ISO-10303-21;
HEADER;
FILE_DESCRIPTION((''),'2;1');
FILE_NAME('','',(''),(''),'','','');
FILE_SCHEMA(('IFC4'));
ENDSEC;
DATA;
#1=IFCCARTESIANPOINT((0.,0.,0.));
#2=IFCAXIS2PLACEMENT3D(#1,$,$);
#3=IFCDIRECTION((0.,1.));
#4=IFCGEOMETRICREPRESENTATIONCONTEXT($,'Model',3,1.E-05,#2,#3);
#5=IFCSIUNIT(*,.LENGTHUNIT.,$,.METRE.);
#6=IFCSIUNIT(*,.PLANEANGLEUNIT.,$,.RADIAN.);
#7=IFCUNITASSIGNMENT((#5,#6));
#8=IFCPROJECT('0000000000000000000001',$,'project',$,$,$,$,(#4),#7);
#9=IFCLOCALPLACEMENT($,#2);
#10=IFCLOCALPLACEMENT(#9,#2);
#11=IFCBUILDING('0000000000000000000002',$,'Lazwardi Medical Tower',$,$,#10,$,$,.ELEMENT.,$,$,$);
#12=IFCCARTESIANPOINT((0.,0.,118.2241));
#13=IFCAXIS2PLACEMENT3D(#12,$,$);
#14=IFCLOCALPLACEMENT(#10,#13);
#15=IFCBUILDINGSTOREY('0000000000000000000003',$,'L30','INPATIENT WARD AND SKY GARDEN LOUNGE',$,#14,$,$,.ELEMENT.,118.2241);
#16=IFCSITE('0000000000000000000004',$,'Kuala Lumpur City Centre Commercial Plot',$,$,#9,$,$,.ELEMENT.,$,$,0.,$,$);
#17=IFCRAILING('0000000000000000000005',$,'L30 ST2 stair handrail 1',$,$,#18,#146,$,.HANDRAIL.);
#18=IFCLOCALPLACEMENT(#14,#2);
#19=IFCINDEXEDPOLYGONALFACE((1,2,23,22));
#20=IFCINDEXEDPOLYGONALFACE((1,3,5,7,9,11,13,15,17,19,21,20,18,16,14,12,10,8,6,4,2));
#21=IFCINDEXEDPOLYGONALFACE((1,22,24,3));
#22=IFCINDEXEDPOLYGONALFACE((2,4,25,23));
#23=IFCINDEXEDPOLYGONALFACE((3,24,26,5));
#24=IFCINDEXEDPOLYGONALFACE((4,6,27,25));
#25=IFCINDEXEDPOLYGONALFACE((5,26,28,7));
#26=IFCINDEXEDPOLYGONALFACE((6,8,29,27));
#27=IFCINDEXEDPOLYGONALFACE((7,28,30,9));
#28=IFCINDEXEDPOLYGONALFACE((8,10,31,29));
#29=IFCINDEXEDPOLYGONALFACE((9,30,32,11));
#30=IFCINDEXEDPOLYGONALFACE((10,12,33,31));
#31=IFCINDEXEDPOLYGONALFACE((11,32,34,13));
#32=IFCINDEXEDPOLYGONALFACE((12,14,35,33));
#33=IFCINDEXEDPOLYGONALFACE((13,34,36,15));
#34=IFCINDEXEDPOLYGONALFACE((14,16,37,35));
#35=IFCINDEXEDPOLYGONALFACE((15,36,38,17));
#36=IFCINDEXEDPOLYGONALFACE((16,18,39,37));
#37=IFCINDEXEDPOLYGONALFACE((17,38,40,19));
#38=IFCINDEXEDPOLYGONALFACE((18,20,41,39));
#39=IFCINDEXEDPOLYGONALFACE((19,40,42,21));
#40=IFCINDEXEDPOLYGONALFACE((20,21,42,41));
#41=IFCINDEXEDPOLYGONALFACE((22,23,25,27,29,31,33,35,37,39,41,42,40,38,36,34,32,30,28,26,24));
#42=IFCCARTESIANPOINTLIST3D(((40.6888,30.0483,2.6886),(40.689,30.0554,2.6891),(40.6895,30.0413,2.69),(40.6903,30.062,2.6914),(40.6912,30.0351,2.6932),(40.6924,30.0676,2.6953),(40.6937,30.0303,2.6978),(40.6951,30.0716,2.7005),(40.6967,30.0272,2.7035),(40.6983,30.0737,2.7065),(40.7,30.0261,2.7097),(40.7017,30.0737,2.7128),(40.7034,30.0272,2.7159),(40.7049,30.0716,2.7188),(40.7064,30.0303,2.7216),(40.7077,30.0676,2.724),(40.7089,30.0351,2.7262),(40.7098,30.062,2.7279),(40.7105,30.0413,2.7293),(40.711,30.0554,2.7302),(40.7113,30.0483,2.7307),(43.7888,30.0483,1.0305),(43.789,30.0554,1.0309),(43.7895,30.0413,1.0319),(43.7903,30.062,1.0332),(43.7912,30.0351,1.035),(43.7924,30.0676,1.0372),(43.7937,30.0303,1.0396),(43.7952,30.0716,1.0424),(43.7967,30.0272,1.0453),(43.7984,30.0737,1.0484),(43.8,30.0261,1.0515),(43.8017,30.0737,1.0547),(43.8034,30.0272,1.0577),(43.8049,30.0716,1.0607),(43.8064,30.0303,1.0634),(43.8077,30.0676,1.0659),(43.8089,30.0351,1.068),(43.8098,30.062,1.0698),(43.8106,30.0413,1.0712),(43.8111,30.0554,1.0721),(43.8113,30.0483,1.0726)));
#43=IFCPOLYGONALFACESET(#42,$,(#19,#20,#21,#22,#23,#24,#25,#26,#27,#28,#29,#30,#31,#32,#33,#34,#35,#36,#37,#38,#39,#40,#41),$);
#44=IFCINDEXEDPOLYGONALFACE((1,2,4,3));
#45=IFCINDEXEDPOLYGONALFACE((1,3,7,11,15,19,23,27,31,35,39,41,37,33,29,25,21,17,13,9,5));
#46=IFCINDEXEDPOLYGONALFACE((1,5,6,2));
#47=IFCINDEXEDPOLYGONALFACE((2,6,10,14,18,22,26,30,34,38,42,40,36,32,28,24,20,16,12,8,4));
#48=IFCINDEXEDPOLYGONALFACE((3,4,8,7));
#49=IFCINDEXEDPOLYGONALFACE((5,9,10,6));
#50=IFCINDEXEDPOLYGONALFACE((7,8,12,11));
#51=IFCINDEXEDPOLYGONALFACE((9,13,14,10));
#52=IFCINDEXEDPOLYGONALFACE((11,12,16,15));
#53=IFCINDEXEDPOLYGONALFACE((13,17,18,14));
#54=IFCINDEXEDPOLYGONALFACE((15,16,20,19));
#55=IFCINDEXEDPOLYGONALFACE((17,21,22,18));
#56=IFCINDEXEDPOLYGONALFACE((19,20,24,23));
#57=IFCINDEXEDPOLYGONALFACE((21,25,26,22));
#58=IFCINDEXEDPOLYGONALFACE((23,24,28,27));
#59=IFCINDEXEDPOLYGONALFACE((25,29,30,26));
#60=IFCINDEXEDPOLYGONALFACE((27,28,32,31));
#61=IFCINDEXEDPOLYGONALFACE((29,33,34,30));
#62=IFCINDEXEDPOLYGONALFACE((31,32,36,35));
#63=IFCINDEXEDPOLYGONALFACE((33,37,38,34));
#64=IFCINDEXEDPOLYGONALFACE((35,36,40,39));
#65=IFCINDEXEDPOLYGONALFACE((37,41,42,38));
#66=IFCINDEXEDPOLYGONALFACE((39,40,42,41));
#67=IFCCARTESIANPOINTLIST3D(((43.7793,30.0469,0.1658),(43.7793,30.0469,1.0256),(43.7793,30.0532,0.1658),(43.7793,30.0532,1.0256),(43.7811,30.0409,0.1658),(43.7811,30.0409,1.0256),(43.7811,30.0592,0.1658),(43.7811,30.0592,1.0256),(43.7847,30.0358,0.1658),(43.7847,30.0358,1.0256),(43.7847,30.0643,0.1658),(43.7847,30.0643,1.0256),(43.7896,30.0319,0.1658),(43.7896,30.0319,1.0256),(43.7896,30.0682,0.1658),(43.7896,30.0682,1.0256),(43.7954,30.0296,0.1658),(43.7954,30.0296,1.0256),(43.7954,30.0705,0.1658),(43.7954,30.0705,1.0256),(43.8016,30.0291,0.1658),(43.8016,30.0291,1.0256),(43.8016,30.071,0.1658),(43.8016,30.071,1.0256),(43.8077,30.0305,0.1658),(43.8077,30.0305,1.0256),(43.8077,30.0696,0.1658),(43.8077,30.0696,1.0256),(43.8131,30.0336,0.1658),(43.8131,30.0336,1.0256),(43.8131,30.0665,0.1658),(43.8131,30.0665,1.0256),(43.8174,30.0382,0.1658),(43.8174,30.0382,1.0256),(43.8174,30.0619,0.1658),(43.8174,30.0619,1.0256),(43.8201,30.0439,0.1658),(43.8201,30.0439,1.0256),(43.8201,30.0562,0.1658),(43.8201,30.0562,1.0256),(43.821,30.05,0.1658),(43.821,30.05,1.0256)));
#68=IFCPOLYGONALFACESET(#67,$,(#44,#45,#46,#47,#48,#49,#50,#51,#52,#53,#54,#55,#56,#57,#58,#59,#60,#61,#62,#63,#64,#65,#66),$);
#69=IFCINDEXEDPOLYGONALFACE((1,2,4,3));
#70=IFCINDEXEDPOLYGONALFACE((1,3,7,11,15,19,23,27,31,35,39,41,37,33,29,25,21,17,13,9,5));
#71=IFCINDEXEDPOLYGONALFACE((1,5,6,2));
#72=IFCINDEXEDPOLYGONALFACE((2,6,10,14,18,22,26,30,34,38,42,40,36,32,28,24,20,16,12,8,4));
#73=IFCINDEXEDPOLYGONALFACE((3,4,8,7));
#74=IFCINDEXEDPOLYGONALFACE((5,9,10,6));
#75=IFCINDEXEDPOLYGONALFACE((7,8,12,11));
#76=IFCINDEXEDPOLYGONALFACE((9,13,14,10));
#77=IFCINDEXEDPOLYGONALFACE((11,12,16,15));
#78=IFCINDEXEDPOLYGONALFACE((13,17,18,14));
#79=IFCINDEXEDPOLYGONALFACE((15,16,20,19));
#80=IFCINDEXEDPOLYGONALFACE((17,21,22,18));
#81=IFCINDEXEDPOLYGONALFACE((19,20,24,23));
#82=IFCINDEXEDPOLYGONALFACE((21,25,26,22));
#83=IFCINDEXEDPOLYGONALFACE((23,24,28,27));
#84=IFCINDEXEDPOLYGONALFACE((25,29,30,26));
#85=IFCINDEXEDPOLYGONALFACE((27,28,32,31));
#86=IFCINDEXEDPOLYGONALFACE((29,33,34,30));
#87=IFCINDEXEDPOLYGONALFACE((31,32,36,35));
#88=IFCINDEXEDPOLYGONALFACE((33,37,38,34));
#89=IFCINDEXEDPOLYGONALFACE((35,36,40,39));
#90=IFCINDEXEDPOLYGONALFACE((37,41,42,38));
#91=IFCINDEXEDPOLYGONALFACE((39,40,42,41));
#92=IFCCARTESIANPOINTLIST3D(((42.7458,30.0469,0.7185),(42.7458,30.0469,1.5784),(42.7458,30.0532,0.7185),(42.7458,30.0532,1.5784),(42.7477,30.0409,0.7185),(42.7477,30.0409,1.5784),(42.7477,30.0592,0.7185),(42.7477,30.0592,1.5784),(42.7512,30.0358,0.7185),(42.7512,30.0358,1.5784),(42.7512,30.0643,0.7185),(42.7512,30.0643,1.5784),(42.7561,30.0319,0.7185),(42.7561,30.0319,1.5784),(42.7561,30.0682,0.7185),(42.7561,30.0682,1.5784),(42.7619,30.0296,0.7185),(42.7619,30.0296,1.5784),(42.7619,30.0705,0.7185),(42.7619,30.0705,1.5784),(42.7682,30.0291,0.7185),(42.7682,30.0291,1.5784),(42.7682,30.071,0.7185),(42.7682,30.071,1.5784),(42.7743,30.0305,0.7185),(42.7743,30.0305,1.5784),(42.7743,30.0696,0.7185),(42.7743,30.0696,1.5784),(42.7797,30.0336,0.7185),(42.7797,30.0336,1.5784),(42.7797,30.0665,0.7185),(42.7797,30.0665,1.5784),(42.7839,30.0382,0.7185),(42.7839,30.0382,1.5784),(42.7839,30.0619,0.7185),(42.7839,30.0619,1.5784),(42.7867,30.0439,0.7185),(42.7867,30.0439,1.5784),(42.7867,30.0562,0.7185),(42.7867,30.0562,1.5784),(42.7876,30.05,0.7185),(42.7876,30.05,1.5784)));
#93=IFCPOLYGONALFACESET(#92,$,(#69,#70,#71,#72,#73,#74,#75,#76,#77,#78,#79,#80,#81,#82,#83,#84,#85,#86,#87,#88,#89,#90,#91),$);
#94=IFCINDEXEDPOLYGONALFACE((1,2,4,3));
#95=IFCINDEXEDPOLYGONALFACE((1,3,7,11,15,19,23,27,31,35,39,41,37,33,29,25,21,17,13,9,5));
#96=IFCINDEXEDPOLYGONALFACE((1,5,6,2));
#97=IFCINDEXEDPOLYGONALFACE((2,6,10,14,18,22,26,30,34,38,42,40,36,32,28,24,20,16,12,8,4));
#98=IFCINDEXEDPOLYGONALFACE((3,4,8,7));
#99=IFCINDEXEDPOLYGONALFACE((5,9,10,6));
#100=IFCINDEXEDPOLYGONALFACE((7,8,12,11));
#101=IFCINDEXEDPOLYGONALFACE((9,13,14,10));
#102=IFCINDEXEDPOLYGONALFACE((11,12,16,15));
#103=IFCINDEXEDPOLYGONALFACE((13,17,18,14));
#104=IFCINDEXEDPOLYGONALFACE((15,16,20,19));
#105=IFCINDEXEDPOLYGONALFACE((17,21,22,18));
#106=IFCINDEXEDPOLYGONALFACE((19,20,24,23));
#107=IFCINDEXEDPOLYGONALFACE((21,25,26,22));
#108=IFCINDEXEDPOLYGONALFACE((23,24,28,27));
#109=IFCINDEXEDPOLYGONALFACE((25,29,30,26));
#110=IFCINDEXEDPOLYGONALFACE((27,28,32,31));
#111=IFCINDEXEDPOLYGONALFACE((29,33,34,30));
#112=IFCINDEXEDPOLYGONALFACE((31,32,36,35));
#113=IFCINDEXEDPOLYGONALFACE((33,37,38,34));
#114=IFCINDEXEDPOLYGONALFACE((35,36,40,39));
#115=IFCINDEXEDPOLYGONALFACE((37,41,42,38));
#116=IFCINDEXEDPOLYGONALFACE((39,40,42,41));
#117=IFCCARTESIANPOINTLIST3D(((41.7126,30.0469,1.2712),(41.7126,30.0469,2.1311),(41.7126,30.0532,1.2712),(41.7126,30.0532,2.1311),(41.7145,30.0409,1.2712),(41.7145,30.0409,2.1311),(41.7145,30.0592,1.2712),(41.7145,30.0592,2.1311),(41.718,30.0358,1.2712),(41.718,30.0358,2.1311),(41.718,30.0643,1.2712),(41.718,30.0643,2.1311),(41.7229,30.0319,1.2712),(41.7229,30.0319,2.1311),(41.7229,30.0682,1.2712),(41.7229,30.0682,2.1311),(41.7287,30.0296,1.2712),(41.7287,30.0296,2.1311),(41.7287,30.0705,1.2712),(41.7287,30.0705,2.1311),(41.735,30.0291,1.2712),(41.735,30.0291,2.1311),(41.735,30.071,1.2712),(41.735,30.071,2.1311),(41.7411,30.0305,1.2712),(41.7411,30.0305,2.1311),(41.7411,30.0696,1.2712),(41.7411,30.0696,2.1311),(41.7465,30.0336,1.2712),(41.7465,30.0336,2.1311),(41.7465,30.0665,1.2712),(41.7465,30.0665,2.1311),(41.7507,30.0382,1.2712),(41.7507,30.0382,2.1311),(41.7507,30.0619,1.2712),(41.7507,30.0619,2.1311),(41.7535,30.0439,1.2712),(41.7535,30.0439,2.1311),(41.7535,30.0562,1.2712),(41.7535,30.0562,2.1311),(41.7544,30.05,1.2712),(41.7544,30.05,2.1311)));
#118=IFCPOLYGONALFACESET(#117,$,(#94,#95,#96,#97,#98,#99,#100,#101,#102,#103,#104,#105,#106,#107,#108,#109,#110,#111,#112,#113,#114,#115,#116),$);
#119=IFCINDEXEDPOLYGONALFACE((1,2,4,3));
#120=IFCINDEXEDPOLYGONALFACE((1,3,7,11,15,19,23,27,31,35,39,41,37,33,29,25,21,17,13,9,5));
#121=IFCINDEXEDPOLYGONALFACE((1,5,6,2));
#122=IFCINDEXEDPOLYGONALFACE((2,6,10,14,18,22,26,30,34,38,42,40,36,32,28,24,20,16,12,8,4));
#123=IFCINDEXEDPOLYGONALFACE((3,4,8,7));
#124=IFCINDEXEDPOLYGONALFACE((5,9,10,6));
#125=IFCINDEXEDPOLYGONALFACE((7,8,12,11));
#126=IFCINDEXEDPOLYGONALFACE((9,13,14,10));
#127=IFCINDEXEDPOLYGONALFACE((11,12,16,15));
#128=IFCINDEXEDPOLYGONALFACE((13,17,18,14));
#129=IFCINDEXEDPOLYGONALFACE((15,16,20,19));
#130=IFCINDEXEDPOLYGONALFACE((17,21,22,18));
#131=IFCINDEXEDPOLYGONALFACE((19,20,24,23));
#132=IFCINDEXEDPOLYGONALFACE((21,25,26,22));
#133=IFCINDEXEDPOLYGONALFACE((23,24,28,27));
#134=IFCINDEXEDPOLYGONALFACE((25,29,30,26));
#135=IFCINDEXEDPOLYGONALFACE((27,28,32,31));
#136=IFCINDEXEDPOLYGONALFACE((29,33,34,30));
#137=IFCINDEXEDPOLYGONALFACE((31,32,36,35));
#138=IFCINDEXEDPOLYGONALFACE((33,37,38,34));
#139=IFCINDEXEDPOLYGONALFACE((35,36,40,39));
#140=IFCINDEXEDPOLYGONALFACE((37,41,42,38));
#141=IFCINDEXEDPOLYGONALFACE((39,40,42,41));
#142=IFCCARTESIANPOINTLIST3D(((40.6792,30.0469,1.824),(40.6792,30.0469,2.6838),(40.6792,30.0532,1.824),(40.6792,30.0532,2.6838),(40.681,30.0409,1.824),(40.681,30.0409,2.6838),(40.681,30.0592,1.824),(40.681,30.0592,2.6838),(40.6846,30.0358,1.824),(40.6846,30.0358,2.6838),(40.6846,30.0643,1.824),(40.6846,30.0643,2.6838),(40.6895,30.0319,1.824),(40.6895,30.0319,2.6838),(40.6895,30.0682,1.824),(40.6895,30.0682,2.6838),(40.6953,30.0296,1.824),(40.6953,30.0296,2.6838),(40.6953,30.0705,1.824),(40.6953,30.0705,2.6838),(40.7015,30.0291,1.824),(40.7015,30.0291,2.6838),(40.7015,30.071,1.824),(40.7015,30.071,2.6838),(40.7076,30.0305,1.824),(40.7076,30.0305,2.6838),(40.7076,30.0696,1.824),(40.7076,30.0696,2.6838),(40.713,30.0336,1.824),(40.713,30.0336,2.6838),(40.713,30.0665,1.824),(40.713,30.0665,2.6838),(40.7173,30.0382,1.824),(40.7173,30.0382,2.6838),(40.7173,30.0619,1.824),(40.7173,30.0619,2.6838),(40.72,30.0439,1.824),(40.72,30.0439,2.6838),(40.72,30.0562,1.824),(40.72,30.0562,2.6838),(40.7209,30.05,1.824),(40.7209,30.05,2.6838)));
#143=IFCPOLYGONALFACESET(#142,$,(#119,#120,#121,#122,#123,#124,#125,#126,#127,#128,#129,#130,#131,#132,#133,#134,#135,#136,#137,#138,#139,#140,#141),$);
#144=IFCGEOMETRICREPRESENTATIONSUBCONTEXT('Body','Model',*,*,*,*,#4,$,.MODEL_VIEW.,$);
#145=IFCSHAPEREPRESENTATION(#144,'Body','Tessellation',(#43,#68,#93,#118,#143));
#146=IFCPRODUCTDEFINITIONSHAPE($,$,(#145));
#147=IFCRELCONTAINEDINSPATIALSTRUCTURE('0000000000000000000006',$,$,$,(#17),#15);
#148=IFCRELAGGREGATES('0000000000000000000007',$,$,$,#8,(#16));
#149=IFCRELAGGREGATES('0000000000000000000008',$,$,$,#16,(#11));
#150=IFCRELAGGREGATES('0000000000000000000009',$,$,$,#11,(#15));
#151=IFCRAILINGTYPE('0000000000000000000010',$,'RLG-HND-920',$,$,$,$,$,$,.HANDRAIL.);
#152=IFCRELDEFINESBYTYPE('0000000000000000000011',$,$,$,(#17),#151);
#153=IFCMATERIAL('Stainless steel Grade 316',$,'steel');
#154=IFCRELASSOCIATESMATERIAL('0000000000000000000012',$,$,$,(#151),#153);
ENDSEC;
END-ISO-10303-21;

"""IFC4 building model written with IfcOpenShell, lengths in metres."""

from ifc_helpers import new_model, si_unit, direction, frame, origin, origin_2d, place, context, subcontext, project, spatial, circle, extrude, material, type_object, element, save


model = new_model("IFC4")

# Units and contexts
model_context = context("Model", 3, precision=1e-05, world=origin(), true_north=direction((0.0, 1.0)))
body_context = subcontext(model_context, "Body", "Model", "MODEL_VIEW")
ifc_project = project(units=[si_unit("LENGTHUNIT", "METRE"), si_unit("PLANEANGLEUNIT", "RADIAN")], contexts=[model_context])

# Site, building, storey
site_placement = place(None, origin())
site = spatial("IfcSite", under=ifc_project, at=site_placement, Name="Kuala Lumpur City Centre Commercial Plot", CompositionType="ELEMENT", RefElevation=0.0)
building_placement = place(site_placement, origin())
building = spatial("IfcBuilding", under=site, at=building_placement, Name="Lazwardi Medical Tower", CompositionType="ELEMENT")
storey_placement = place(building_placement, frame((0.0, 0.0, 118.2241)))
storey = spatial("IfcBuildingStorey", under=building, at=storey_placement, Name="L30", Description="INPATIENT WARD AND SKY GARDEN LOUNGE", CompositionType="ELEMENT", Elevation=118.2241)

# Railing
ifc_material_1 = material(Name="Stainless steel Grade 316", Category="steel")
railing_type_1 = type_object("IfcRailingType", Name="RLG-HND-920", PredefinedType="HANDRAIL", material=ifc_material_1)
railing_1_placement = place(storey_placement, frame((43.8, 30.05, 0.1658)))
element("IfcRailing", 1, at=railing_1_placement, inside=storey, type_object=railing_type_1, Name="L30 ST2 stair handrail 1", PredefinedType="HANDRAIL", context=body_context, shape_type="SweptSolid", body=[
    extrude(circle(Radius=0.0239, at=origin_2d()), frame((0.0, 0.0, 0.8857), z_axis=(-0.881783, 0.0, 0.471655), x_axis=(0.0, -1.0, 0.0)), (0.0, 0.0, 1.0), 3.5156),
    extrude(circle(Radius=0.021, at=origin_2d()), origin(), (0.0, 0.0, 1.0), 0.8599),
    extrude(circle(Radius=0.021, at=origin_2d()), frame((-1.0334, 0.0, 0.5527)), (0.0, 0.0, 1.0), 0.8599),
    extrude(circle(Radius=0.021, at=origin_2d()), frame((-2.0667, 0.0, 1.1055)), (0.0, 0.0, 1.0), 0.8599),
    extrude(circle(Radius=0.021, at=origin_2d()), frame((-3.1001, 0.0, 1.6582)), (0.0, 0.0, 1.0), 0.8599),
])

save(model, "model.ifc")
